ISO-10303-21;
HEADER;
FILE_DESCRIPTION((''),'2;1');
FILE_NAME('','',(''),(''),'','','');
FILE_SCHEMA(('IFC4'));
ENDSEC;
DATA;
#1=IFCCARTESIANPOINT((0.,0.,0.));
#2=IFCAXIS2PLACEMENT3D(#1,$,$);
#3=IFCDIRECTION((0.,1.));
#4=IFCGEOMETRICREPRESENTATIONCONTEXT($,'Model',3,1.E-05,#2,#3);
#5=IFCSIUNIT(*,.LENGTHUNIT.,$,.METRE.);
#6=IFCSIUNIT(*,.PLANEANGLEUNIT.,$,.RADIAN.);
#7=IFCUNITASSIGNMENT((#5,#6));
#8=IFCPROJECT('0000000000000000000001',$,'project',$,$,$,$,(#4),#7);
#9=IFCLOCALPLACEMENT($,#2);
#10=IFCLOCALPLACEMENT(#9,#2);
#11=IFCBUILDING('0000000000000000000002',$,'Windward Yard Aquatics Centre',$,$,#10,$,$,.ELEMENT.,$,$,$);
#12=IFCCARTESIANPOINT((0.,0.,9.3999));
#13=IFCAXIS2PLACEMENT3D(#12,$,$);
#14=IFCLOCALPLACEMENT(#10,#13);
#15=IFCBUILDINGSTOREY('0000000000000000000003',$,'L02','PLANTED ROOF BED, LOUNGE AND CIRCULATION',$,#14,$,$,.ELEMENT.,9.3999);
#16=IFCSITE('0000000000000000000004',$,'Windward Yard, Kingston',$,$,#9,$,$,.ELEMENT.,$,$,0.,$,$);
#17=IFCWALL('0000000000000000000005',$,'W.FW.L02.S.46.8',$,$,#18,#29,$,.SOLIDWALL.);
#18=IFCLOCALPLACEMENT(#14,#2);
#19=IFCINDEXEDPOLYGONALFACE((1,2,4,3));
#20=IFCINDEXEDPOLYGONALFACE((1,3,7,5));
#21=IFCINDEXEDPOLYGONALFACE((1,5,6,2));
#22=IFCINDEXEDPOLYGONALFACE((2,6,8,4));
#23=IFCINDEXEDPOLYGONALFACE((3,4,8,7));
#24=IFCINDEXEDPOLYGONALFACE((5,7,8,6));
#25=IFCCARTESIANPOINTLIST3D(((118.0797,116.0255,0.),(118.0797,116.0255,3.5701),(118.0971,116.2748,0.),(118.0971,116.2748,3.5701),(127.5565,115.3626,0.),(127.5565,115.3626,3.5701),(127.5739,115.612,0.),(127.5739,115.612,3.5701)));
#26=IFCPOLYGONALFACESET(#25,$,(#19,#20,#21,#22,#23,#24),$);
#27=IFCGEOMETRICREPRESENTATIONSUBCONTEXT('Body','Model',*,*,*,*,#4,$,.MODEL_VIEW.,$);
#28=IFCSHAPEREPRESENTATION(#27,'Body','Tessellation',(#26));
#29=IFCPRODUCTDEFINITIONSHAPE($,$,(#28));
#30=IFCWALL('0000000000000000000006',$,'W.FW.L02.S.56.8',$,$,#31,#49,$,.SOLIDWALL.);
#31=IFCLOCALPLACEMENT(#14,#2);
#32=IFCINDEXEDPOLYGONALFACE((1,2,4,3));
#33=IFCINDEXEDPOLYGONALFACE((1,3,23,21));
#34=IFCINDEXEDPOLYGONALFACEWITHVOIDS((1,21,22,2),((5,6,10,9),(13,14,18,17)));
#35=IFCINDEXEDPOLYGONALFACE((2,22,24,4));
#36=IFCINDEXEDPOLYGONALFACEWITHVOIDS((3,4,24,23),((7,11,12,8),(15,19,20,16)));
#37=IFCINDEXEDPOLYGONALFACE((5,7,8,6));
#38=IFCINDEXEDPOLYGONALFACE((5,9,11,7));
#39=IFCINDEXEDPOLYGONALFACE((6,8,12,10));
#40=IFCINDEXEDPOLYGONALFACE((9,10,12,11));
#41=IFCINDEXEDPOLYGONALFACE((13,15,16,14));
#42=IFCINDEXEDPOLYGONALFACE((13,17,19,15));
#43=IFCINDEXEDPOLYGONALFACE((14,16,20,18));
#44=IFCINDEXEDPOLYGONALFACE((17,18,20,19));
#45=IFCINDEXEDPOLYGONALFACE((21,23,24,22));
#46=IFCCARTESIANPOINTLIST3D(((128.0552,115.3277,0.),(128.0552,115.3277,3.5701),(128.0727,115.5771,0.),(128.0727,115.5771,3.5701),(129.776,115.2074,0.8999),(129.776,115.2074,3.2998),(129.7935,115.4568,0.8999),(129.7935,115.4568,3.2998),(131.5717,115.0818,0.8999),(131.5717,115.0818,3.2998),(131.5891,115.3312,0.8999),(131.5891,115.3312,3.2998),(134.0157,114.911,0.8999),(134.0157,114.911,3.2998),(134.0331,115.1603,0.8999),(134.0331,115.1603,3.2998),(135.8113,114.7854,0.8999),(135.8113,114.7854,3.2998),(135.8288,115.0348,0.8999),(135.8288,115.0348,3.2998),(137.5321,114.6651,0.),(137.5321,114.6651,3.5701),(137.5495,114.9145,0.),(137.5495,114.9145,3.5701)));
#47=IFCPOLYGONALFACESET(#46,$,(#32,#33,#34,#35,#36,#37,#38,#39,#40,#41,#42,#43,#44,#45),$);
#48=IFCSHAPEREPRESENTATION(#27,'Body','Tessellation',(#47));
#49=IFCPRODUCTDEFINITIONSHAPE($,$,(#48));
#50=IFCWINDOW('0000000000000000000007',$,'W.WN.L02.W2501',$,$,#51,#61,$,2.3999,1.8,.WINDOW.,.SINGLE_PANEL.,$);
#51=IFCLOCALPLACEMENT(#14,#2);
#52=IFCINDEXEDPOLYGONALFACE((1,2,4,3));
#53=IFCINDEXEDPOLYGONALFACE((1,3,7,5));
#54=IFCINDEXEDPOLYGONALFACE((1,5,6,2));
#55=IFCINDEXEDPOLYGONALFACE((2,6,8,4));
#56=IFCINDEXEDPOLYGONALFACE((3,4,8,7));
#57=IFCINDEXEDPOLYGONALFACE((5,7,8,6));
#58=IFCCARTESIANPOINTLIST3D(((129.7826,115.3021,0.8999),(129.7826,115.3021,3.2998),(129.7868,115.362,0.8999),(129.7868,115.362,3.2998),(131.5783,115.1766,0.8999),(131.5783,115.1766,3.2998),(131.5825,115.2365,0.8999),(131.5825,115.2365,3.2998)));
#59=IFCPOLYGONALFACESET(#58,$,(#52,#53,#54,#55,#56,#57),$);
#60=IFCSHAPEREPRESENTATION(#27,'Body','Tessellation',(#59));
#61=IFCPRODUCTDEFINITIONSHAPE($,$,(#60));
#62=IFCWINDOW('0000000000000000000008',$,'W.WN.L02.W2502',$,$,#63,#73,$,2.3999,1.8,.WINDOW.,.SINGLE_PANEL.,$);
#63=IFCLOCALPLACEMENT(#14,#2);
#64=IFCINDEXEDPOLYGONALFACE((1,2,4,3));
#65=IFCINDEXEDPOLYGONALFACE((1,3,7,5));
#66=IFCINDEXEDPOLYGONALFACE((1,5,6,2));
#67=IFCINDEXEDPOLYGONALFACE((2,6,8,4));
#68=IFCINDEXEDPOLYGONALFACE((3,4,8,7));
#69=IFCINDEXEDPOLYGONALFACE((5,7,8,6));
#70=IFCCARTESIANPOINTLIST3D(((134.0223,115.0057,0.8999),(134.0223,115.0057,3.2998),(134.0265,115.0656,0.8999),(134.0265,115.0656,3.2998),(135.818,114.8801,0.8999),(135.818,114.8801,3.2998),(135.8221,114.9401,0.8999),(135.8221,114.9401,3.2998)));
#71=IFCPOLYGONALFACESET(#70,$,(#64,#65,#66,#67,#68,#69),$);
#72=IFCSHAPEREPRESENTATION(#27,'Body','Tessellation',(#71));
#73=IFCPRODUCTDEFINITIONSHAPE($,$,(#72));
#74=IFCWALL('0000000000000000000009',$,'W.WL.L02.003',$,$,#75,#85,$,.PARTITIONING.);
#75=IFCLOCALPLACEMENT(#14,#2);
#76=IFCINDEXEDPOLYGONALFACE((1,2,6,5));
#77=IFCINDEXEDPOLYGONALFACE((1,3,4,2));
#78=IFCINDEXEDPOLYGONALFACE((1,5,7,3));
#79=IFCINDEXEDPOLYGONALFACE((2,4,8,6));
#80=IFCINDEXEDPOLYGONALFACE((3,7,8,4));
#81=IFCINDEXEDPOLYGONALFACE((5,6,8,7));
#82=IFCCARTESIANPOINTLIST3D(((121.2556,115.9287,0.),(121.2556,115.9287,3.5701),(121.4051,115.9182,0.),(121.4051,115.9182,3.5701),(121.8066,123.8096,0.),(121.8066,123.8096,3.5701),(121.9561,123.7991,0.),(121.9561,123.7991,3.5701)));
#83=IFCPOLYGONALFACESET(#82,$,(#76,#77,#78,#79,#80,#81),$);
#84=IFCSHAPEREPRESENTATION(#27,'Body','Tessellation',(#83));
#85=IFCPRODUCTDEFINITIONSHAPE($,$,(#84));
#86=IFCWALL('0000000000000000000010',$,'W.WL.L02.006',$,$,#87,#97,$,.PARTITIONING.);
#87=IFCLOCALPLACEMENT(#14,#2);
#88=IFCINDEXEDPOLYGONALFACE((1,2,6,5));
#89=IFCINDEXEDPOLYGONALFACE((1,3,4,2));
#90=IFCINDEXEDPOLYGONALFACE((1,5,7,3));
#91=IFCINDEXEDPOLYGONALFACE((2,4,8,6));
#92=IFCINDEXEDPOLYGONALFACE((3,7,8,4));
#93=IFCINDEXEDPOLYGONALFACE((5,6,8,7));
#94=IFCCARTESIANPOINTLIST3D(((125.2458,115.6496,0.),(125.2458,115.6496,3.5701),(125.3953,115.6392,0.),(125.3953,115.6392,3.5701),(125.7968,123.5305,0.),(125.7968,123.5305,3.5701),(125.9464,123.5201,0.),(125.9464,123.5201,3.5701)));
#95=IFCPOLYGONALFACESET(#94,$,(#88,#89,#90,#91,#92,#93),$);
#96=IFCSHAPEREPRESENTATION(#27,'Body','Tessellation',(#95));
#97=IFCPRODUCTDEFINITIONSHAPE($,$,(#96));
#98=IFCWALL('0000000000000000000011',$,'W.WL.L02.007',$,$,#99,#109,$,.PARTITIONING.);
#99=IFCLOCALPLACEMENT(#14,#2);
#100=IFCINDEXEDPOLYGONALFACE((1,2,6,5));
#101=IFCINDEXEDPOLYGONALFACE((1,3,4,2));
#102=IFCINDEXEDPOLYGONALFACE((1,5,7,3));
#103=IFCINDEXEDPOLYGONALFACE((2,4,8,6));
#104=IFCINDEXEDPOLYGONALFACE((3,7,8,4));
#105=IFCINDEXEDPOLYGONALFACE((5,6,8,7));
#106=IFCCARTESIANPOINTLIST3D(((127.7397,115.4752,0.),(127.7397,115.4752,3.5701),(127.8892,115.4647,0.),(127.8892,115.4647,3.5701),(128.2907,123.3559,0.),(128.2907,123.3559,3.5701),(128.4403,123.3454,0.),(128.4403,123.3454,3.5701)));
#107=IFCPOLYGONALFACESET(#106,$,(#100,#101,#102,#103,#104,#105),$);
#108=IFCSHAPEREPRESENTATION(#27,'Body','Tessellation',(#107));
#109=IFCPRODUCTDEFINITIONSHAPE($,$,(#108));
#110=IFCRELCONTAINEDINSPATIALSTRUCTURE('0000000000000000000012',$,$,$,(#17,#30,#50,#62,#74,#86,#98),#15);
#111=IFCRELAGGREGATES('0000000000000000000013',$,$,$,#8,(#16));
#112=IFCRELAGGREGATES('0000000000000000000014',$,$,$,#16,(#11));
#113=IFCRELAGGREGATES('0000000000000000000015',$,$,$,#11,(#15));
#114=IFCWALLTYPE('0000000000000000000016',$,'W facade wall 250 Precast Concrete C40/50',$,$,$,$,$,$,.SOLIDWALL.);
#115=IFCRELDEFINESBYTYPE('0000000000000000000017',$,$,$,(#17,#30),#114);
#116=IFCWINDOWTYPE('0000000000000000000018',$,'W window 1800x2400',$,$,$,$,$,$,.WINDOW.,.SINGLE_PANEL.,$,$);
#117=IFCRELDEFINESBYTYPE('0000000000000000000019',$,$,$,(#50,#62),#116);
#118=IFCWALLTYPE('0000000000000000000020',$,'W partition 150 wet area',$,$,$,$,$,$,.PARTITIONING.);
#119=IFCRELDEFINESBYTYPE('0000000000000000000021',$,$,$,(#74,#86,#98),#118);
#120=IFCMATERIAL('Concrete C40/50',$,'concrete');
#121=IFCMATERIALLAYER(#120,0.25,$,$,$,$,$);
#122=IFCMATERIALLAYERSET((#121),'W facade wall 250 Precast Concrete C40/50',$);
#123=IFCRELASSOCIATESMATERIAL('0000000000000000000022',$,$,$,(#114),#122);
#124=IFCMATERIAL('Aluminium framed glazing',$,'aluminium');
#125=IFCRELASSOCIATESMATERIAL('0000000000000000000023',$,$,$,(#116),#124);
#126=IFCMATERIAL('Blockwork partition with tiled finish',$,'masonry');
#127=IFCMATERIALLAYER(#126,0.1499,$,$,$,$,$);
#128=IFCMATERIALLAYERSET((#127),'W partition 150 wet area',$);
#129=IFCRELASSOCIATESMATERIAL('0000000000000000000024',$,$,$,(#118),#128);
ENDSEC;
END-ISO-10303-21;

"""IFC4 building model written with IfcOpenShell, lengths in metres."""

from ifc_helpers import new_model, si_unit, direction, frame, frame_2d, origin, place, context, subcontext, project, spatial, rectangle, extrude, material, layer, layer_set, type_object, element, fill, save


model = new_model("IFC4")

# Units and contexts
model_context = context("Model", 3, precision=1e-05, world=origin(), true_north=direction((0.0, 1.0)))
body_context = subcontext(model_context, "Body", "Model", "MODEL_VIEW")
ifc_project = project(units=[si_unit("LENGTHUNIT", "METRE"), si_unit("PLANEANGLEUNIT", "RADIAN")], contexts=[model_context])

# Site, building, storey
site_placement = place(None, origin())
site = spatial("IfcSite", under=ifc_project, at=site_placement, Name="Windward Yard, Kingston", CompositionType="ELEMENT", RefElevation=0.0)
building_placement = place(site_placement, origin())
building = spatial("IfcBuilding", under=site, at=building_placement, Name="Windward Yard Aquatics Centre", CompositionType="ELEMENT")
storey_placement = place(building_placement, frame((0.0, 0.0, 9.3999)))
storey = spatial("IfcBuildingStorey", under=building, at=storey_placement, Name="L02", Description="PLANTED ROOF BED, LOUNGE AND CIRCULATION", CompositionType="ELEMENT", Elevation=9.3999)

# Shared definitions
ifc_material_1 = material(Name="Concrete C40/50", Category="concrete")

# Wall
ifc_layer_1 = layer(ifc_material_1, 0.25)
ifc_layer_set_1 = layer_set([ifc_layer_1], Name="W facade wall 250 Precast Concrete C40/50")
wall_type_1 = type_object("IfcWallType", Name="W facade wall 250 Precast Concrete C40/50", PredefinedType="SOLIDWALL", material=ifc_layer_set_1)
wall_1_placement = place(storey_placement, frame((118.0884, 116.1501, 0.0), z_axis=(0.0, 0.0, 1.0), x_axis=(0.997563, -0.069773, 0.0)))
element("IfcWall", 1, at=wall_1_placement, inside=storey, type_object=wall_type_1, Name="W.FW.L02.S.46.8", PredefinedType="SOLIDWALL", context=body_context, shape_type="SweptSolid", body=[
    extrude(rectangle(XDim=9.5, YDim=0.25, at=frame_2d((4.75, 0.0))), origin(), (0.0, 0.0, 1.0), 3.5701),
])

# Wall, openings, windows
wall_2_placement = place(storey_placement, frame((128.064, 115.4524, 0.0), z_axis=(0.0, 0.0, 1.0), x_axis=(0.997565, -0.069748, 0.0)))
wall_2 = element("IfcWall", 2, at=wall_2_placement, inside=storey, type_object=wall_type_1, Name="W.FW.L02.S.56.8", PredefinedType="SOLIDWALL", context=body_context, shape_type="SweptSolid", body=[
    extrude(rectangle(XDim=9.5, YDim=0.25, at=frame_2d((4.75, 0.0))), origin(), (0.0, 0.0, 1.0), 3.5701),
])
opening_1_placement = place(wall_2_placement, frame((1.7251, 0.0, 0.8999)))
opening_1 = element("IfcOpeningElement", 3, at=opening_1_placement, cuts=wall_2, PredefinedType="OPENING", context=body_context, shape_type="SweptSolid", body=[
    extrude(rectangle(XDim=1.8, YDim=2.3999, at=frame_2d((0.8999, 1.2))), frame((0.0, 0.135, 0.0), z_axis=(0.0, -1.0, 0.0), x_axis=(1.0, 0.0, 0.0)), (0.0, 0.0, 1.0), 0.27),
])
opening_2_placement = place(wall_2_placement, frame((5.9751, 0.0, 0.8999)))
opening_2 = element("IfcOpeningElement", 4, at=opening_2_placement, cuts=wall_2, PredefinedType="OPENING", context=body_context, shape_type="SweptSolid", body=[
    extrude(rectangle(XDim=1.8, YDim=2.3999, at=frame_2d((0.8999, 1.2))), frame((0.0, 0.135, 0.0), z_axis=(0.0, -1.0, 0.0), x_axis=(1.0, 0.0, 0.0)), (0.0, 0.0, 1.0), 0.27),
])
ifc_material_2 = material(Name="Aluminium framed glazing", Category="aluminium")
window_type = type_object("IfcWindowType", Name="W window 1800x2400", PartitioningType="SINGLE_PANEL", PredefinedType="WINDOW", material=ifc_material_2)
window_1_placement = place(opening_1_placement, origin())
window_1 = element("IfcWindow", 5, at=window_1_placement, inside=storey, type_object=window_type, Name="W.WN.L02.W2501", OverallHeight=2.3999, OverallWidth=1.8, PartitioningType="SINGLE_PANEL", PredefinedType="WINDOW", context=body_context, shape_type="SweptSolid", body=[
    extrude(rectangle(XDim=1.8, YDim=2.3999, at=frame_2d((0.8999, 1.2))), frame((0.0, 0.03, 0.0), z_axis=(0.0, -1.0, 0.0), x_axis=(1.0, 0.0, 0.0)), (0.0, 0.0, 1.0), 0.0601),
])
fill(opening_1, window_1)
window_2_placement = place(opening_2_placement, origin())
window_2 = element("IfcWindow", 6, at=window_2_placement, inside=storey, type_object=window_type, Name="W.WN.L02.W2502", OverallHeight=2.3999, OverallWidth=1.8, PartitioningType="SINGLE_PANEL", PredefinedType="WINDOW", context=body_context, shape_type="SweptSolid", body=[
    extrude(rectangle(XDim=1.8, YDim=2.3999, at=frame_2d((0.8999, 1.2))), frame((0.0, 0.03, 0.0), z_axis=(0.0, -1.0, 0.0), x_axis=(1.0, 0.0, 0.0)), (0.0, 0.0, 1.0), 0.0601),
])
fill(opening_2, window_2)

# Walls
ifc_material_3 = material(Name="Blockwork partition with tiled finish", Category="masonry")
ifc_layer_2 = layer(ifc_material_3, 0.1499)
ifc_layer_set_2 = layer_set([ifc_layer_2], Name="W partition 150 wet area")
wall_type_2 = type_object("IfcWallType", Name="W partition 150 wet area", PredefinedType="PARTITIONING", material=ifc_layer_set_2)
for number, where, z_axis, x_axis, name in (
    (7, (121.3303, 115.9233, 0.0), (0.0, 0.0, 1.0), (0.069749, 0.997565, 0.0), "W.WL.L02.003"),
    (8, (125.3206, 115.6443, 0.0), (0.0, 0.0, 1.0), (0.069749, 0.997565, 0.0), "W.WL.L02.006"),
):
    element("IfcWall", number, at=place(storey_placement, frame(where, z_axis=z_axis, x_axis=x_axis)), inside=storey, type_object=wall_type_2, Name=name, PredefinedType="PARTITIONING", context=body_context, shape_type="SweptSolid", body=[
        extrude(rectangle(XDim=7.9001, YDim=0.1499, at=frame_2d((3.9502, 0.0))), origin(), (0.0, 0.0, 1.0), 3.5701),
    ])
wall_3_placement = place(storey_placement, frame((127.8145, 115.47, 0.0), z_axis=(0.0, 0.0, 1.0), x_axis=(0.069751, 0.997564, 0.0)))
element("IfcWall", 9, at=wall_3_placement, inside=storey, type_object=wall_type_2, Name="W.WL.L02.007", PredefinedType="PARTITIONING", context=body_context, shape_type="SweptSolid", body=[
    extrude(rectangle(XDim=7.8999, YDim=0.1499, at=frame_2d((3.95, 0.0))), origin(), (0.0, 0.0, 1.0), 3.5701),
])

save(model, "model.ifc")
